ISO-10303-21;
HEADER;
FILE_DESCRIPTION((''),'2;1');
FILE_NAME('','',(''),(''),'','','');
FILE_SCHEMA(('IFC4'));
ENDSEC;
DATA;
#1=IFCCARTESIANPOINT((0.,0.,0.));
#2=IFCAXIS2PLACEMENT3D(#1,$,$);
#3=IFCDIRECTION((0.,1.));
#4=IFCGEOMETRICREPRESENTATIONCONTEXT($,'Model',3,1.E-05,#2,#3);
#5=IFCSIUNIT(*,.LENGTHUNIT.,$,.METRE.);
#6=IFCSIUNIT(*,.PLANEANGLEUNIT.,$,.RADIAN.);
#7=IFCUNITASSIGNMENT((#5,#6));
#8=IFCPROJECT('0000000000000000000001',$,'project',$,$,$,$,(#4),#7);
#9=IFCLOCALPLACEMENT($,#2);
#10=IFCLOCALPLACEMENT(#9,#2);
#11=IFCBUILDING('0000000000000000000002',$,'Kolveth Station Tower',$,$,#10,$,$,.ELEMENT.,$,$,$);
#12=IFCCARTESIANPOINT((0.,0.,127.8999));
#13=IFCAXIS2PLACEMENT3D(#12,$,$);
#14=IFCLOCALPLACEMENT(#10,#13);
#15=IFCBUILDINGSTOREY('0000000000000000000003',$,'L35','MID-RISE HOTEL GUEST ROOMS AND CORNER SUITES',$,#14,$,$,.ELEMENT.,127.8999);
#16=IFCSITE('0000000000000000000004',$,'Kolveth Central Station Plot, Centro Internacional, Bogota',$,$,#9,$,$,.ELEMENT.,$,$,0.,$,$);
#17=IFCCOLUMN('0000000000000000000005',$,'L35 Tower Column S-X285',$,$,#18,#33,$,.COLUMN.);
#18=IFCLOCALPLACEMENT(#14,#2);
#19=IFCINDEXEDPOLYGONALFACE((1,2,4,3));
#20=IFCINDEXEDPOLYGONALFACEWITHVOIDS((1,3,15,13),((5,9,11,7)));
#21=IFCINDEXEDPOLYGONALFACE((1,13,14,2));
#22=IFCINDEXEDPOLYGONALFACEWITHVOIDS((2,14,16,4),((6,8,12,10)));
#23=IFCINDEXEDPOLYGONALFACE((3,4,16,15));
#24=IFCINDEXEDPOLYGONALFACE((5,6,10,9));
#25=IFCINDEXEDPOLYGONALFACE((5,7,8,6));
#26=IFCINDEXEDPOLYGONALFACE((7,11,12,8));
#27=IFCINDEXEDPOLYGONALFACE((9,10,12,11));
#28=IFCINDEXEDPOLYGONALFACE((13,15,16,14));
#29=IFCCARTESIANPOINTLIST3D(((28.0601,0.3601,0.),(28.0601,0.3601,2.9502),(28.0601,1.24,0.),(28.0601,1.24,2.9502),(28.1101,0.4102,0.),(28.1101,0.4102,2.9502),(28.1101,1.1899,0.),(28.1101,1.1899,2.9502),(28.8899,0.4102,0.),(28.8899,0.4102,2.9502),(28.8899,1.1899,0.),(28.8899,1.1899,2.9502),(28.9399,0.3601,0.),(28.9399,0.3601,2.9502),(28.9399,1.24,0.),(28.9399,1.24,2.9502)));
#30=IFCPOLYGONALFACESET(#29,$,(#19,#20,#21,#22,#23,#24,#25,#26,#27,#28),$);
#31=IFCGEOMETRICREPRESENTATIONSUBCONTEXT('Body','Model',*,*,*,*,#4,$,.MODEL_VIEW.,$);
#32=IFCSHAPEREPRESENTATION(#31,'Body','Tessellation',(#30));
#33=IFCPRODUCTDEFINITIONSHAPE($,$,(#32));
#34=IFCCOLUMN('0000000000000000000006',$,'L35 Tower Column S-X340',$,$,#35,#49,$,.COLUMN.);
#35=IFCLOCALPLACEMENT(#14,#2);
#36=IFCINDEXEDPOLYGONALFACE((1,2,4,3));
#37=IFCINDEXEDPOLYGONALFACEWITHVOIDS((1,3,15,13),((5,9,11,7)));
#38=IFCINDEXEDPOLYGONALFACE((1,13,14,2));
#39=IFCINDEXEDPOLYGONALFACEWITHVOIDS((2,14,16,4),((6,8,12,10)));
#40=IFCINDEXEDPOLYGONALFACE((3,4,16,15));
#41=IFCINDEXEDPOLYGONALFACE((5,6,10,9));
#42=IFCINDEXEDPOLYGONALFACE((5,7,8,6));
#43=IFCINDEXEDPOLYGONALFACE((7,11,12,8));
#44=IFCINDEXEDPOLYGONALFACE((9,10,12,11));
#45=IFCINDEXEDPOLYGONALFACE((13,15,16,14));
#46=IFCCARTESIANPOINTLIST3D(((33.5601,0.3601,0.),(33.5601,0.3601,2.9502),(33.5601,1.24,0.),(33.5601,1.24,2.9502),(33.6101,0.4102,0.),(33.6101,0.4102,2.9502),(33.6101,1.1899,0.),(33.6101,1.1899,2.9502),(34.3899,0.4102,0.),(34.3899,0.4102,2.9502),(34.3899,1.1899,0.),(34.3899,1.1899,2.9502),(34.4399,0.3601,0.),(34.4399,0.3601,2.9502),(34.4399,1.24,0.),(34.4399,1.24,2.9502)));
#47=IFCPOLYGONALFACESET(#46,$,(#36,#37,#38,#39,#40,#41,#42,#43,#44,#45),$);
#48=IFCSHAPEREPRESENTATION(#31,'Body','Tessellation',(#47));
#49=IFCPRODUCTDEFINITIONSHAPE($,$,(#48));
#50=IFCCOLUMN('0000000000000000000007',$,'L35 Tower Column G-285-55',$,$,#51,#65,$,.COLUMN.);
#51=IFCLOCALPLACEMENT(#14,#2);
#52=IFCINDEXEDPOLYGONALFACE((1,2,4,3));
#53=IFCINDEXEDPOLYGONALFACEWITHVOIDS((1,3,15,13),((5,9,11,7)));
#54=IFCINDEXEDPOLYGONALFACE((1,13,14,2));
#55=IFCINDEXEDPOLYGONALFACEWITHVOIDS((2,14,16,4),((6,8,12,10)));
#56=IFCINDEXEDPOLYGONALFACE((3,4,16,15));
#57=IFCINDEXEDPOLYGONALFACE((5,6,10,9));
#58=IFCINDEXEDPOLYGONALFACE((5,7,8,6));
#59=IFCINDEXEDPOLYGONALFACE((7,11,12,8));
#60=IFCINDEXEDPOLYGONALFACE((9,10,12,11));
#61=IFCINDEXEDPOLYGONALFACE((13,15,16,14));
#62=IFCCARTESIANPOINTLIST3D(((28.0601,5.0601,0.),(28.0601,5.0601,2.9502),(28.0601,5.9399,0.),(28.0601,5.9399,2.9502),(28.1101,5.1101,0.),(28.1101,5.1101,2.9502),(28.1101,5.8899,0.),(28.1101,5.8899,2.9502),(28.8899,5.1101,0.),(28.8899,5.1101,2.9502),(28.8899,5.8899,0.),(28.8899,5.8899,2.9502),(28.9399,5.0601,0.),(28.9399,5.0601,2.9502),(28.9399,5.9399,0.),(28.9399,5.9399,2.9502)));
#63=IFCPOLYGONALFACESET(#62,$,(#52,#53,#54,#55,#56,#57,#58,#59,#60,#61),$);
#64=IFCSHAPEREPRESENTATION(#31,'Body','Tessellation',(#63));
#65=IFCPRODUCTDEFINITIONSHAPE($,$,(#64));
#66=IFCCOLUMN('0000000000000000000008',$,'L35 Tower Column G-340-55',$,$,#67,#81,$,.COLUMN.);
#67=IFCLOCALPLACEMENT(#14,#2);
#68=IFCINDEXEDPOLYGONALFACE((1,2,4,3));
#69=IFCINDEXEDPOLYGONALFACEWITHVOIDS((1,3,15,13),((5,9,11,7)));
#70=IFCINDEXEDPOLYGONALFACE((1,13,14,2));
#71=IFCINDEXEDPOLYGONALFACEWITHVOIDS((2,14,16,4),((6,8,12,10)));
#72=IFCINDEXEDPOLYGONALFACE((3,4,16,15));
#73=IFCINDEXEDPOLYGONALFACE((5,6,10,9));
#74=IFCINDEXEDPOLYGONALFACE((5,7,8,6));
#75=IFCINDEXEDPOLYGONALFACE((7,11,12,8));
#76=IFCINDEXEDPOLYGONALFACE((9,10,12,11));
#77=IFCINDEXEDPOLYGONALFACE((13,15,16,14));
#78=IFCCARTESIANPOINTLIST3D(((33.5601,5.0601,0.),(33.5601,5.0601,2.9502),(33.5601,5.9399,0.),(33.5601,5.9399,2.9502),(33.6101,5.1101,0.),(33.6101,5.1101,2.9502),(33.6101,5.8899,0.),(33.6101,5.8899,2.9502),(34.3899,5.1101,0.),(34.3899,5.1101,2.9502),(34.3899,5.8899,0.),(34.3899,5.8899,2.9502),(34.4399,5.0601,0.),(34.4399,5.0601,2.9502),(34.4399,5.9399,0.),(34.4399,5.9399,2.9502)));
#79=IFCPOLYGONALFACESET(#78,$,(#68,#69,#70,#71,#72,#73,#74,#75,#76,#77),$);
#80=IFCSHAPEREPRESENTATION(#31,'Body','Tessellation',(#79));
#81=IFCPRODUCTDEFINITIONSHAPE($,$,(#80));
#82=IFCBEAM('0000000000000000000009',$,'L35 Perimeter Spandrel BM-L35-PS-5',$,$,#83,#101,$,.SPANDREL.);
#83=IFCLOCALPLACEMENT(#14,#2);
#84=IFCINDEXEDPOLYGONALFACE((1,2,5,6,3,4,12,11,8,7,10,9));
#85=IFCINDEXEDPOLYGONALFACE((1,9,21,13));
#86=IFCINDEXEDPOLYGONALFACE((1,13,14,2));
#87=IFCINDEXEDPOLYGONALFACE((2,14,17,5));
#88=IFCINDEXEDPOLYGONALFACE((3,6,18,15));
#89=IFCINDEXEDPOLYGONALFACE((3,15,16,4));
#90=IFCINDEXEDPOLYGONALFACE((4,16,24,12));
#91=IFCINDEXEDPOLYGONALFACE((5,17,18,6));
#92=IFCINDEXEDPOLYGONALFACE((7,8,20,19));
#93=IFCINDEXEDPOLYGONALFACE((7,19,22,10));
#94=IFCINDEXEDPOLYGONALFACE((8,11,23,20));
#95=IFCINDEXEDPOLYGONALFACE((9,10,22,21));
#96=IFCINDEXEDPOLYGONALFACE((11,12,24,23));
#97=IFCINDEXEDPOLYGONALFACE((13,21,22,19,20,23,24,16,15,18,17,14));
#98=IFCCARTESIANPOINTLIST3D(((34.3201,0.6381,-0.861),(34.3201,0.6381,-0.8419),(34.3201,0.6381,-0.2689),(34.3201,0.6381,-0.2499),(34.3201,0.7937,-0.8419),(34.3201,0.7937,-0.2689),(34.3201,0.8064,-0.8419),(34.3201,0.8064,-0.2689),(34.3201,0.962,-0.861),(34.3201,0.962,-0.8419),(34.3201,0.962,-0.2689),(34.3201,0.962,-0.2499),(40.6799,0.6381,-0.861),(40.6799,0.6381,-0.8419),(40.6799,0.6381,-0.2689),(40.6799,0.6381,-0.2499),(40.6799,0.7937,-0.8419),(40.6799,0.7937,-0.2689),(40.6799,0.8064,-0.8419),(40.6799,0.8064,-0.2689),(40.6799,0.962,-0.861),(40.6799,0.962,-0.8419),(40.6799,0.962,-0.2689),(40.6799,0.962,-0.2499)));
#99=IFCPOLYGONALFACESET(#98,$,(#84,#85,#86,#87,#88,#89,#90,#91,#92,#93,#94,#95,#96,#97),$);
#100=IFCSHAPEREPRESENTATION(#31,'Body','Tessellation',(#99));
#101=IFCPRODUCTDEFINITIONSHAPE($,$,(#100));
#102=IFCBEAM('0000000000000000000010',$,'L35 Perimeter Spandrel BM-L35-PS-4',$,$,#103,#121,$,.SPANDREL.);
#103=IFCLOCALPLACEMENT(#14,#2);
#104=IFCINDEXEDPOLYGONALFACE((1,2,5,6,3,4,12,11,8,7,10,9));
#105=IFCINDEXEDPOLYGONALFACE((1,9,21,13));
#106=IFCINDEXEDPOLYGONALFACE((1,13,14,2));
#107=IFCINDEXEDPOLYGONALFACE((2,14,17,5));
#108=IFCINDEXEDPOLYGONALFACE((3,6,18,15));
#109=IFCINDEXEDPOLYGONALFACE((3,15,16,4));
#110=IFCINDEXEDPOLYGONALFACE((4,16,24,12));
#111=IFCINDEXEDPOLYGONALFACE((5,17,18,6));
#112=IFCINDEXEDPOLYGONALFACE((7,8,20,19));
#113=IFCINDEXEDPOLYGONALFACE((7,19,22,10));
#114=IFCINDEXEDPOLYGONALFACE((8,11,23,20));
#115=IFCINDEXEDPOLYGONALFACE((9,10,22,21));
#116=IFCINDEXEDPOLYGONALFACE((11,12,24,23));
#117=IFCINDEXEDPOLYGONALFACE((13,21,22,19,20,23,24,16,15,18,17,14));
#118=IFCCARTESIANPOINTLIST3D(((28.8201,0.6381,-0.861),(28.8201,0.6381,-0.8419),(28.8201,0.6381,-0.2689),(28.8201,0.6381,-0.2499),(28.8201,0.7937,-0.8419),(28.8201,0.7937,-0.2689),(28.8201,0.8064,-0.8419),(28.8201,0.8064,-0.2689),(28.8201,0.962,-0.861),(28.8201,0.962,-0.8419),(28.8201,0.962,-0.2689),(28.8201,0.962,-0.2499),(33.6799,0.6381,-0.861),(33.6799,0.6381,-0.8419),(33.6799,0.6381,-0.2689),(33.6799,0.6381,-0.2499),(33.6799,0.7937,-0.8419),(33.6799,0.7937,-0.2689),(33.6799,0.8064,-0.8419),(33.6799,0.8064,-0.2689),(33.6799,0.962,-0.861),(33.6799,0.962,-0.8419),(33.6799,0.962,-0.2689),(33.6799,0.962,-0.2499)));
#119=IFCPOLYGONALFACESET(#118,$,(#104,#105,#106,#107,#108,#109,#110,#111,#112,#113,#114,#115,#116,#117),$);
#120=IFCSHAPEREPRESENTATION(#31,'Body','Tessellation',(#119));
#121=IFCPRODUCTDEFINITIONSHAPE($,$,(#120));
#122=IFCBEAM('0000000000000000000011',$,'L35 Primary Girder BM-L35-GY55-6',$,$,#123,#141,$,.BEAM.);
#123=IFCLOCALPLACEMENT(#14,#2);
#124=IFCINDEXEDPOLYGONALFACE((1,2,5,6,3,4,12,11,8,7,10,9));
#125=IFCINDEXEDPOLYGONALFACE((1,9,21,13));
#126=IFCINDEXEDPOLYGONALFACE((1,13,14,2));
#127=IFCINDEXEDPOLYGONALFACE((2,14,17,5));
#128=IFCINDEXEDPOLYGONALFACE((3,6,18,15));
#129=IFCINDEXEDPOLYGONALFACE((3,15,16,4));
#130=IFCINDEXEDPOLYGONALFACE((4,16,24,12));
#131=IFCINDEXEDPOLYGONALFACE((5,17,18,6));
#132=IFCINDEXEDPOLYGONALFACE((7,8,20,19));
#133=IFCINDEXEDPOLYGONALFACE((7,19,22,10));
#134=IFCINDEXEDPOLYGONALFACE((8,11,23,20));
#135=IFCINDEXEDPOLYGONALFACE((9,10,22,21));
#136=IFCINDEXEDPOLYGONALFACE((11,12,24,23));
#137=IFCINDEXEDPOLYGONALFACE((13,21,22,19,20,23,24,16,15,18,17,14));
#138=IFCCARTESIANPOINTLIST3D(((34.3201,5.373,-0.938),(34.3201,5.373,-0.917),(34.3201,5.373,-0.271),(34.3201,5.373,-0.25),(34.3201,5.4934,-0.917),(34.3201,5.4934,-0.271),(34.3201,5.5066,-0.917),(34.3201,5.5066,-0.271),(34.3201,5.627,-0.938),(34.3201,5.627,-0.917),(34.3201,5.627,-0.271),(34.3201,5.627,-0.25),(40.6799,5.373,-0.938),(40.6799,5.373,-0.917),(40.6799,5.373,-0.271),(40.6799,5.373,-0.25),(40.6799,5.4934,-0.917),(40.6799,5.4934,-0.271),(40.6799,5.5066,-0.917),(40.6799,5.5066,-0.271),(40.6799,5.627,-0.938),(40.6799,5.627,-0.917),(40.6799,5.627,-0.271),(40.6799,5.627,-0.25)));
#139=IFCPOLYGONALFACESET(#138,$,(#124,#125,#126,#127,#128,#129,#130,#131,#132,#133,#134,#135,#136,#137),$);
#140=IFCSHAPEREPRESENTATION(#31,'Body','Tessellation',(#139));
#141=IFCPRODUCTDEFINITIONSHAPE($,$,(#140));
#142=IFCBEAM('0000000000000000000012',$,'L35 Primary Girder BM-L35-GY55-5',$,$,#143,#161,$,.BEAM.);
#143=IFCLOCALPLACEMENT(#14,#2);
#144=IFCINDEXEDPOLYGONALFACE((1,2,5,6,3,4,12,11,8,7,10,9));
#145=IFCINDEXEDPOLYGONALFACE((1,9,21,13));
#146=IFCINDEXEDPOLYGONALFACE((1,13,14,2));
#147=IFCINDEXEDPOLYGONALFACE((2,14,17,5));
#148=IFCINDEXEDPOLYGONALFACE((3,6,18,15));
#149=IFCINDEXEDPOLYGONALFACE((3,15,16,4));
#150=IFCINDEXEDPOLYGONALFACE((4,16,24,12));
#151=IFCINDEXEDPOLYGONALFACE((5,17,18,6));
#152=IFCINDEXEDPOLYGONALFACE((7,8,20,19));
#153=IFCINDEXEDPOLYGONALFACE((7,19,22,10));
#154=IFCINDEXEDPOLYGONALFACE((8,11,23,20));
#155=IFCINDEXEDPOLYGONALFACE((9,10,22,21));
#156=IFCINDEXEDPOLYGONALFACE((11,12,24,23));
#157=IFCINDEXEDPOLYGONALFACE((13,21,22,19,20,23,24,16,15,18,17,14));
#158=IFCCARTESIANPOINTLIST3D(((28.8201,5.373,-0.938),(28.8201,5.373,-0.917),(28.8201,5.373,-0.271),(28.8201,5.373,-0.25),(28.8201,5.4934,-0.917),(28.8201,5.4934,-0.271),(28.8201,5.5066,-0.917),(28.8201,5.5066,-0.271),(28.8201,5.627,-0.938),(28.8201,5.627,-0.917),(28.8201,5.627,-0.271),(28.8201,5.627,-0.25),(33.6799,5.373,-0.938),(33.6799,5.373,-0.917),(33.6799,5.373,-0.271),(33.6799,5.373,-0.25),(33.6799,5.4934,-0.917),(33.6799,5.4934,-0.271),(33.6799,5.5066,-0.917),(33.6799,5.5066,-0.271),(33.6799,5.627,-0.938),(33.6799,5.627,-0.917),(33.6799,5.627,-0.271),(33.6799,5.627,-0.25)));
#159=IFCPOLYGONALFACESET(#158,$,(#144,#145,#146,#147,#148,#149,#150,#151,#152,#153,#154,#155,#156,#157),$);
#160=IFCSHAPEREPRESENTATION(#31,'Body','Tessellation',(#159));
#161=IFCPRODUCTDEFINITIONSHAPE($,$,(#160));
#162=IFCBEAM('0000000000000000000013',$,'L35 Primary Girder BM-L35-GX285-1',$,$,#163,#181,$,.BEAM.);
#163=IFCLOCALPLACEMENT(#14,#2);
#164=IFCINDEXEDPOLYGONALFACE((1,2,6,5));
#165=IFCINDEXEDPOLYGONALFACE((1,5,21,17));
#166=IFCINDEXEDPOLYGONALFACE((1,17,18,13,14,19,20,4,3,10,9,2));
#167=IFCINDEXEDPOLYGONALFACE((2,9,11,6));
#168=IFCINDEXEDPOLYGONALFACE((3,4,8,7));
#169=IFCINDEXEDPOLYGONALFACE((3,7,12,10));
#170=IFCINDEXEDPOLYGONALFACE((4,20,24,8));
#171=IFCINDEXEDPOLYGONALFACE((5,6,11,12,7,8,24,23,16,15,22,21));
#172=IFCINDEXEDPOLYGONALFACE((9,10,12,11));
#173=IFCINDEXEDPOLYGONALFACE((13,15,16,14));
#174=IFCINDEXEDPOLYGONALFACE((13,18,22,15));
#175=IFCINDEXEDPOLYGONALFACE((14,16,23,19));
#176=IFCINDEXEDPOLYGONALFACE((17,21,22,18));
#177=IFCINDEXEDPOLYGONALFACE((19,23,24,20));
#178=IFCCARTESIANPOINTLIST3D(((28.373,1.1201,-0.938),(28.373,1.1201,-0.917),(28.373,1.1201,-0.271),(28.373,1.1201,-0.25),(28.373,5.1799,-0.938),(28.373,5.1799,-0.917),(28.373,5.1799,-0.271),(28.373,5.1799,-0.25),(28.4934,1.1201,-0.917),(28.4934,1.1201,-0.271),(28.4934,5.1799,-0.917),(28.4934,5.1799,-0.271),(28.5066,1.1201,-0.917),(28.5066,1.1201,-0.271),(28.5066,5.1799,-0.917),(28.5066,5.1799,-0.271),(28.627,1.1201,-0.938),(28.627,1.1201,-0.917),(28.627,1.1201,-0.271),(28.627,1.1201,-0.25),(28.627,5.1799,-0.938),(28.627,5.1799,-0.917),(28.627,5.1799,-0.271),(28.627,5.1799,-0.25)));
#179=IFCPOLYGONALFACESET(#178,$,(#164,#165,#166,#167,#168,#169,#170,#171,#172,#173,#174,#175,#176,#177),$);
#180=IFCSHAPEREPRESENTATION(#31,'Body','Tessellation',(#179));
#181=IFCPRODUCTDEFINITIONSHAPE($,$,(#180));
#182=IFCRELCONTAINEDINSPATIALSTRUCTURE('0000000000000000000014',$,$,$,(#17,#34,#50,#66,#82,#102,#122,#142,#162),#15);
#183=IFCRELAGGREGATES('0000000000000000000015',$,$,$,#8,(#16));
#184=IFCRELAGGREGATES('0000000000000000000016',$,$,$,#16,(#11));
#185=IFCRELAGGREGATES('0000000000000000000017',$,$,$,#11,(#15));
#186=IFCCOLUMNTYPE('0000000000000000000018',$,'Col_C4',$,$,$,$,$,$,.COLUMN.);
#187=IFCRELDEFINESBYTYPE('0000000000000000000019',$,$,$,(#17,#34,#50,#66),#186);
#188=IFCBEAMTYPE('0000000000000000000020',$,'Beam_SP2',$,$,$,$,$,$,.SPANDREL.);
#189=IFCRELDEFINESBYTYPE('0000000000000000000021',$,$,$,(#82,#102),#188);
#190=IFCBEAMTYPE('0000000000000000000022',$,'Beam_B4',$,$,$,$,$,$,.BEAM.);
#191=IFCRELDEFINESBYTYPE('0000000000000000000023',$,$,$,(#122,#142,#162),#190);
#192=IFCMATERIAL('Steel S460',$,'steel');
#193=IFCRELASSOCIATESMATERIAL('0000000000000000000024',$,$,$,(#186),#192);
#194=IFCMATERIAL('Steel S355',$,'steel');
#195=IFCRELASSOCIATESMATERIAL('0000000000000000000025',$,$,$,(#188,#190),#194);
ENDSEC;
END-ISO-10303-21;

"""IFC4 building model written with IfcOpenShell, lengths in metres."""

from ifc_helpers import new_model, si_unit, direction, frame, origin, origin_2d, place, context, subcontext, project, spatial, hollow_rectangle, i_section, extrude, source, transform, mapped, material, material_profile, profile_set, type_object, element, save


model = new_model("IFC4")

# Units and contexts
model_context = context("Model", 3, precision=1e-05, world=origin(), true_north=direction((0.0, 1.0)))
body_context = subcontext(model_context, "Body", "Model", "MODEL_VIEW")
ifc_project = project(units=[si_unit("LENGTHUNIT", "METRE"), si_unit("PLANEANGLEUNIT", "RADIAN")], contexts=[model_context])

# Site, building, storey
site_placement = place(None, origin())
site = spatial("IfcSite", under=ifc_project, at=site_placement, Name="Kolveth Central Station Plot, Centro Internacional, Bogota", CompositionType="ELEMENT", RefElevation=0.0)
building_placement = place(site_placement, origin())
building = spatial("IfcBuilding", under=site, at=building_placement, Name="Kolveth Station Tower", CompositionType="ELEMENT")
storey_placement = place(building_placement, frame((0.0, 0.0, 127.8999)))
storey = spatial("IfcBuildingStorey", under=building, at=storey_placement, Name="L35", Description="MID-RISE HOTEL GUEST ROOMS AND CORNER SUITES", CompositionType="ELEMENT", Elevation=127.8999)

# Columns
ifc_material_1 = material(Name="Steel S460", Category="steel")
ifc_material_profile_1 = material_profile(ifc_material_1, hollow_rectangle(XDim=0.8799, YDim=0.8799, WallThickness=0.05, at=origin_2d()), Name="BOX880x880x50")
ifc_profile_set_1 = profile_set([ifc_material_profile_1], Name="Steel S460")
column_type = type_object("IfcColumnType", Name="Col_C4", PredefinedType="COLUMN", material=ifc_profile_set_1)
shared_shape_1 = source(origin(), body_context, "Body", "SweptSolid", [
    extrude(hollow_rectangle(XDim=0.8799, YDim=0.8799, WallThickness=0.05, at=origin_2d()), origin(), (0.0, 0.0, 1.0), 2.9502),
])
for number, where, z_axis, x_axis, name in (
    (1, (28.5, 0.8, 0.0), (0.0, 0.0, 1.0), (1.0, 0.0, 0.0), "L35 Tower Column S-X285"),
    (2, (34.0, 0.8, 0.0), (0.0, 0.0, 1.0), (1.0, 0.0, 0.0), "L35 Tower Column S-X340"),
    (3, (28.5, 5.5, 0.0), (0.0, 0.0, 1.0), (1.0, 0.0, 0.0), "L35 Tower Column G-285-55"),
    (4, (34.0, 5.5, 0.0), (0.0, 0.0, 1.0), (1.0, 0.0, 0.0), "L35 Tower Column G-340-55"),
):
    element("IfcColumn", number, at=place(storey_placement, frame(where, z_axis=z_axis, x_axis=x_axis)), inside=storey, type_object=column_type, Name=name, PredefinedType="COLUMN", context=body_context, shape_type="MappedRepresentation", body=[
        mapped(shared_shape_1, transform((0.0, 0.0, 0.0), x_axis=(1.0, 0.0, 0.0), y_axis=(0.0, 1.0, 0.0), z_axis=(0.0, 0.0, 1.0), scale=1.0)),
    ])

# Beams
ifc_material_2 = material(Name="Steel S355", Category="steel")
ifc_material_profile_2 = material_profile(ifc_material_2, i_section(OverallWidth=0.324, OverallDepth=0.6111, WebThickness=0.0127, FlangeThickness=0.019, at=origin_2d()), Name="W610x155")
ifc_profile_set_2 = profile_set([ifc_material_profile_2], Name="Steel S355")
beam_type_1 = type_object("IfcBeamType", Name="Beam_SP2", PredefinedType="SPANDREL", material=ifc_profile_set_2)
shared_shape_2 = source(origin(), body_context, "Body", "SweptSolid", [
    extrude(i_section(OverallWidth=0.324, OverallDepth=0.6111, WebThickness=0.0127, FlangeThickness=0.019, at=origin_2d()), origin(), (0.0, 0.0, 1.0), 6.3599),
])
beam_1_placement = place(storey_placement, frame((34.3201, 0.8, -0.5554), z_axis=(1.0, 0.0, 0.0), x_axis=(0.0, 1.0, 0.0)))
element("IfcBeam", 5, at=beam_1_placement, inside=storey, type_object=beam_type_1, Name="L35 Perimeter Spandrel BM-L35-PS-5", PredefinedType="SPANDREL", context=body_context, shape_type="MappedRepresentation", body=[
    mapped(shared_shape_2, transform((0.0, 0.0, 0.0), x_axis=(1.0, 0.0, 0.0), y_axis=(0.0, 1.0, 0.0), z_axis=(0.0, 0.0, 1.0), scale=1.0)),
])
shared_shape_3 = source(origin(), body_context, "Body", "SweptSolid", [
    extrude(i_section(OverallWidth=0.324, OverallDepth=0.6111, WebThickness=0.0127, FlangeThickness=0.019, at=origin_2d()), origin(), (0.0, 0.0, 1.0), 4.8599),
])
beam_2_placement = place(storey_placement, frame((28.8201, 0.8, -0.5554), z_axis=(1.0, 0.0, 0.0), x_axis=(0.0, 1.0, 0.0)))
element("IfcBeam", 6, at=beam_2_placement, inside=storey, type_object=beam_type_1, Name="L35 Perimeter Spandrel BM-L35-PS-4", PredefinedType="SPANDREL", context=body_context, shape_type="MappedRepresentation", body=[
    mapped(shared_shape_3, transform((0.0, 0.0, 0.0), x_axis=(1.0, 0.0, 0.0), y_axis=(0.0, 1.0, 0.0), z_axis=(0.0, 0.0, 1.0), scale=1.0)),
])
ifc_material_profile_3 = material_profile(ifc_material_2, i_section(OverallWidth=0.2539, OverallDepth=0.688, WebThickness=0.0132, FlangeThickness=0.021, at=origin_2d()), Name="W690x152")
ifc_profile_set_3 = profile_set([ifc_material_profile_3], Name="Steel S355")
beam_type_2 = type_object("IfcBeamType", Name="Beam_B4", PredefinedType="BEAM", material=ifc_profile_set_3)
shared_shape_4 = source(origin(), body_context, "Body", "SweptSolid", [
    extrude(i_section(OverallWidth=0.2539, OverallDepth=0.688, WebThickness=0.0132, FlangeThickness=0.021, at=origin_2d()), origin(), (0.0, 0.0, 1.0), 6.3599),
])
beam_3_placement = place(storey_placement, frame((34.3201, 5.5, -0.594), z_axis=(1.0, 0.0, 0.0), x_axis=(0.0, 1.0, 0.0)))
element("IfcBeam", 7, at=beam_3_placement, inside=storey, type_object=beam_type_2, Name="L35 Primary Girder BM-L35-GY55-6", PredefinedType="BEAM", context=body_context, shape_type="MappedRepresentation", body=[
    mapped(shared_shape_4, transform((0.0, 0.0, 0.0), x_axis=(1.0, 0.0, 0.0), y_axis=(0.0, 1.0, 0.0), z_axis=(0.0, 0.0, 1.0), scale=1.0)),
])
shared_shape_5 = source(origin(), body_context, "Body", "SweptSolid", [
    extrude(i_section(OverallWidth=0.2539, OverallDepth=0.688, WebThickness=0.0132, FlangeThickness=0.021, at=origin_2d()), origin(), (0.0, 0.0, 1.0), 4.8599),
])
beam_4_placement = place(storey_placement, frame((28.8201, 5.5, -0.594), z_axis=(1.0, 0.0, 0.0), x_axis=(0.0, 1.0, 0.0)))
element("IfcBeam", 8, at=beam_4_placement, inside=storey, type_object=beam_type_2, Name="L35 Primary Girder BM-L35-GY55-5", PredefinedType="BEAM", context=body_context, shape_type="MappedRepresentation", body=[
    mapped(shared_shape_5, transform((0.0, 0.0, 0.0), x_axis=(1.0, 0.0, 0.0), y_axis=(0.0, 1.0, 0.0), z_axis=(0.0, 0.0, 1.0), scale=1.0)),
])
shared_shape_6 = source(origin(), body_context, "Body", "SweptSolid", [
    extrude(i_section(OverallWidth=0.2539, OverallDepth=0.688, WebThickness=0.0132, FlangeThickness=0.021, at=origin_2d()), origin(), (0.0, 0.0, 1.0), 4.0598),
])
for number, where, z_axis, x_axis, name in (
    (9, (28.5, 1.1201, -0.594), (0.0, 1.0, 0.0), (-1.0, 0.0, 0.0), "L35 Primary Girder BM-L35-GX285-1"),
):
    element("IfcBeam", number, at=place(storey_placement, frame(where, z_axis=z_axis, x_axis=x_axis)), inside=storey, type_object=beam_type_2, Name=name, PredefinedType="BEAM", context=body_context, shape_type="MappedRepresentation", body=[
        mapped(shared_shape_6, transform((0.0, 0.0, 0.0), x_axis=(1.0, 0.0, 0.0), y_axis=(0.0, 1.0, 0.0), z_axis=(0.0, 0.0, 1.0), scale=1.0)),
    ])

save(model, "model.ifc")
